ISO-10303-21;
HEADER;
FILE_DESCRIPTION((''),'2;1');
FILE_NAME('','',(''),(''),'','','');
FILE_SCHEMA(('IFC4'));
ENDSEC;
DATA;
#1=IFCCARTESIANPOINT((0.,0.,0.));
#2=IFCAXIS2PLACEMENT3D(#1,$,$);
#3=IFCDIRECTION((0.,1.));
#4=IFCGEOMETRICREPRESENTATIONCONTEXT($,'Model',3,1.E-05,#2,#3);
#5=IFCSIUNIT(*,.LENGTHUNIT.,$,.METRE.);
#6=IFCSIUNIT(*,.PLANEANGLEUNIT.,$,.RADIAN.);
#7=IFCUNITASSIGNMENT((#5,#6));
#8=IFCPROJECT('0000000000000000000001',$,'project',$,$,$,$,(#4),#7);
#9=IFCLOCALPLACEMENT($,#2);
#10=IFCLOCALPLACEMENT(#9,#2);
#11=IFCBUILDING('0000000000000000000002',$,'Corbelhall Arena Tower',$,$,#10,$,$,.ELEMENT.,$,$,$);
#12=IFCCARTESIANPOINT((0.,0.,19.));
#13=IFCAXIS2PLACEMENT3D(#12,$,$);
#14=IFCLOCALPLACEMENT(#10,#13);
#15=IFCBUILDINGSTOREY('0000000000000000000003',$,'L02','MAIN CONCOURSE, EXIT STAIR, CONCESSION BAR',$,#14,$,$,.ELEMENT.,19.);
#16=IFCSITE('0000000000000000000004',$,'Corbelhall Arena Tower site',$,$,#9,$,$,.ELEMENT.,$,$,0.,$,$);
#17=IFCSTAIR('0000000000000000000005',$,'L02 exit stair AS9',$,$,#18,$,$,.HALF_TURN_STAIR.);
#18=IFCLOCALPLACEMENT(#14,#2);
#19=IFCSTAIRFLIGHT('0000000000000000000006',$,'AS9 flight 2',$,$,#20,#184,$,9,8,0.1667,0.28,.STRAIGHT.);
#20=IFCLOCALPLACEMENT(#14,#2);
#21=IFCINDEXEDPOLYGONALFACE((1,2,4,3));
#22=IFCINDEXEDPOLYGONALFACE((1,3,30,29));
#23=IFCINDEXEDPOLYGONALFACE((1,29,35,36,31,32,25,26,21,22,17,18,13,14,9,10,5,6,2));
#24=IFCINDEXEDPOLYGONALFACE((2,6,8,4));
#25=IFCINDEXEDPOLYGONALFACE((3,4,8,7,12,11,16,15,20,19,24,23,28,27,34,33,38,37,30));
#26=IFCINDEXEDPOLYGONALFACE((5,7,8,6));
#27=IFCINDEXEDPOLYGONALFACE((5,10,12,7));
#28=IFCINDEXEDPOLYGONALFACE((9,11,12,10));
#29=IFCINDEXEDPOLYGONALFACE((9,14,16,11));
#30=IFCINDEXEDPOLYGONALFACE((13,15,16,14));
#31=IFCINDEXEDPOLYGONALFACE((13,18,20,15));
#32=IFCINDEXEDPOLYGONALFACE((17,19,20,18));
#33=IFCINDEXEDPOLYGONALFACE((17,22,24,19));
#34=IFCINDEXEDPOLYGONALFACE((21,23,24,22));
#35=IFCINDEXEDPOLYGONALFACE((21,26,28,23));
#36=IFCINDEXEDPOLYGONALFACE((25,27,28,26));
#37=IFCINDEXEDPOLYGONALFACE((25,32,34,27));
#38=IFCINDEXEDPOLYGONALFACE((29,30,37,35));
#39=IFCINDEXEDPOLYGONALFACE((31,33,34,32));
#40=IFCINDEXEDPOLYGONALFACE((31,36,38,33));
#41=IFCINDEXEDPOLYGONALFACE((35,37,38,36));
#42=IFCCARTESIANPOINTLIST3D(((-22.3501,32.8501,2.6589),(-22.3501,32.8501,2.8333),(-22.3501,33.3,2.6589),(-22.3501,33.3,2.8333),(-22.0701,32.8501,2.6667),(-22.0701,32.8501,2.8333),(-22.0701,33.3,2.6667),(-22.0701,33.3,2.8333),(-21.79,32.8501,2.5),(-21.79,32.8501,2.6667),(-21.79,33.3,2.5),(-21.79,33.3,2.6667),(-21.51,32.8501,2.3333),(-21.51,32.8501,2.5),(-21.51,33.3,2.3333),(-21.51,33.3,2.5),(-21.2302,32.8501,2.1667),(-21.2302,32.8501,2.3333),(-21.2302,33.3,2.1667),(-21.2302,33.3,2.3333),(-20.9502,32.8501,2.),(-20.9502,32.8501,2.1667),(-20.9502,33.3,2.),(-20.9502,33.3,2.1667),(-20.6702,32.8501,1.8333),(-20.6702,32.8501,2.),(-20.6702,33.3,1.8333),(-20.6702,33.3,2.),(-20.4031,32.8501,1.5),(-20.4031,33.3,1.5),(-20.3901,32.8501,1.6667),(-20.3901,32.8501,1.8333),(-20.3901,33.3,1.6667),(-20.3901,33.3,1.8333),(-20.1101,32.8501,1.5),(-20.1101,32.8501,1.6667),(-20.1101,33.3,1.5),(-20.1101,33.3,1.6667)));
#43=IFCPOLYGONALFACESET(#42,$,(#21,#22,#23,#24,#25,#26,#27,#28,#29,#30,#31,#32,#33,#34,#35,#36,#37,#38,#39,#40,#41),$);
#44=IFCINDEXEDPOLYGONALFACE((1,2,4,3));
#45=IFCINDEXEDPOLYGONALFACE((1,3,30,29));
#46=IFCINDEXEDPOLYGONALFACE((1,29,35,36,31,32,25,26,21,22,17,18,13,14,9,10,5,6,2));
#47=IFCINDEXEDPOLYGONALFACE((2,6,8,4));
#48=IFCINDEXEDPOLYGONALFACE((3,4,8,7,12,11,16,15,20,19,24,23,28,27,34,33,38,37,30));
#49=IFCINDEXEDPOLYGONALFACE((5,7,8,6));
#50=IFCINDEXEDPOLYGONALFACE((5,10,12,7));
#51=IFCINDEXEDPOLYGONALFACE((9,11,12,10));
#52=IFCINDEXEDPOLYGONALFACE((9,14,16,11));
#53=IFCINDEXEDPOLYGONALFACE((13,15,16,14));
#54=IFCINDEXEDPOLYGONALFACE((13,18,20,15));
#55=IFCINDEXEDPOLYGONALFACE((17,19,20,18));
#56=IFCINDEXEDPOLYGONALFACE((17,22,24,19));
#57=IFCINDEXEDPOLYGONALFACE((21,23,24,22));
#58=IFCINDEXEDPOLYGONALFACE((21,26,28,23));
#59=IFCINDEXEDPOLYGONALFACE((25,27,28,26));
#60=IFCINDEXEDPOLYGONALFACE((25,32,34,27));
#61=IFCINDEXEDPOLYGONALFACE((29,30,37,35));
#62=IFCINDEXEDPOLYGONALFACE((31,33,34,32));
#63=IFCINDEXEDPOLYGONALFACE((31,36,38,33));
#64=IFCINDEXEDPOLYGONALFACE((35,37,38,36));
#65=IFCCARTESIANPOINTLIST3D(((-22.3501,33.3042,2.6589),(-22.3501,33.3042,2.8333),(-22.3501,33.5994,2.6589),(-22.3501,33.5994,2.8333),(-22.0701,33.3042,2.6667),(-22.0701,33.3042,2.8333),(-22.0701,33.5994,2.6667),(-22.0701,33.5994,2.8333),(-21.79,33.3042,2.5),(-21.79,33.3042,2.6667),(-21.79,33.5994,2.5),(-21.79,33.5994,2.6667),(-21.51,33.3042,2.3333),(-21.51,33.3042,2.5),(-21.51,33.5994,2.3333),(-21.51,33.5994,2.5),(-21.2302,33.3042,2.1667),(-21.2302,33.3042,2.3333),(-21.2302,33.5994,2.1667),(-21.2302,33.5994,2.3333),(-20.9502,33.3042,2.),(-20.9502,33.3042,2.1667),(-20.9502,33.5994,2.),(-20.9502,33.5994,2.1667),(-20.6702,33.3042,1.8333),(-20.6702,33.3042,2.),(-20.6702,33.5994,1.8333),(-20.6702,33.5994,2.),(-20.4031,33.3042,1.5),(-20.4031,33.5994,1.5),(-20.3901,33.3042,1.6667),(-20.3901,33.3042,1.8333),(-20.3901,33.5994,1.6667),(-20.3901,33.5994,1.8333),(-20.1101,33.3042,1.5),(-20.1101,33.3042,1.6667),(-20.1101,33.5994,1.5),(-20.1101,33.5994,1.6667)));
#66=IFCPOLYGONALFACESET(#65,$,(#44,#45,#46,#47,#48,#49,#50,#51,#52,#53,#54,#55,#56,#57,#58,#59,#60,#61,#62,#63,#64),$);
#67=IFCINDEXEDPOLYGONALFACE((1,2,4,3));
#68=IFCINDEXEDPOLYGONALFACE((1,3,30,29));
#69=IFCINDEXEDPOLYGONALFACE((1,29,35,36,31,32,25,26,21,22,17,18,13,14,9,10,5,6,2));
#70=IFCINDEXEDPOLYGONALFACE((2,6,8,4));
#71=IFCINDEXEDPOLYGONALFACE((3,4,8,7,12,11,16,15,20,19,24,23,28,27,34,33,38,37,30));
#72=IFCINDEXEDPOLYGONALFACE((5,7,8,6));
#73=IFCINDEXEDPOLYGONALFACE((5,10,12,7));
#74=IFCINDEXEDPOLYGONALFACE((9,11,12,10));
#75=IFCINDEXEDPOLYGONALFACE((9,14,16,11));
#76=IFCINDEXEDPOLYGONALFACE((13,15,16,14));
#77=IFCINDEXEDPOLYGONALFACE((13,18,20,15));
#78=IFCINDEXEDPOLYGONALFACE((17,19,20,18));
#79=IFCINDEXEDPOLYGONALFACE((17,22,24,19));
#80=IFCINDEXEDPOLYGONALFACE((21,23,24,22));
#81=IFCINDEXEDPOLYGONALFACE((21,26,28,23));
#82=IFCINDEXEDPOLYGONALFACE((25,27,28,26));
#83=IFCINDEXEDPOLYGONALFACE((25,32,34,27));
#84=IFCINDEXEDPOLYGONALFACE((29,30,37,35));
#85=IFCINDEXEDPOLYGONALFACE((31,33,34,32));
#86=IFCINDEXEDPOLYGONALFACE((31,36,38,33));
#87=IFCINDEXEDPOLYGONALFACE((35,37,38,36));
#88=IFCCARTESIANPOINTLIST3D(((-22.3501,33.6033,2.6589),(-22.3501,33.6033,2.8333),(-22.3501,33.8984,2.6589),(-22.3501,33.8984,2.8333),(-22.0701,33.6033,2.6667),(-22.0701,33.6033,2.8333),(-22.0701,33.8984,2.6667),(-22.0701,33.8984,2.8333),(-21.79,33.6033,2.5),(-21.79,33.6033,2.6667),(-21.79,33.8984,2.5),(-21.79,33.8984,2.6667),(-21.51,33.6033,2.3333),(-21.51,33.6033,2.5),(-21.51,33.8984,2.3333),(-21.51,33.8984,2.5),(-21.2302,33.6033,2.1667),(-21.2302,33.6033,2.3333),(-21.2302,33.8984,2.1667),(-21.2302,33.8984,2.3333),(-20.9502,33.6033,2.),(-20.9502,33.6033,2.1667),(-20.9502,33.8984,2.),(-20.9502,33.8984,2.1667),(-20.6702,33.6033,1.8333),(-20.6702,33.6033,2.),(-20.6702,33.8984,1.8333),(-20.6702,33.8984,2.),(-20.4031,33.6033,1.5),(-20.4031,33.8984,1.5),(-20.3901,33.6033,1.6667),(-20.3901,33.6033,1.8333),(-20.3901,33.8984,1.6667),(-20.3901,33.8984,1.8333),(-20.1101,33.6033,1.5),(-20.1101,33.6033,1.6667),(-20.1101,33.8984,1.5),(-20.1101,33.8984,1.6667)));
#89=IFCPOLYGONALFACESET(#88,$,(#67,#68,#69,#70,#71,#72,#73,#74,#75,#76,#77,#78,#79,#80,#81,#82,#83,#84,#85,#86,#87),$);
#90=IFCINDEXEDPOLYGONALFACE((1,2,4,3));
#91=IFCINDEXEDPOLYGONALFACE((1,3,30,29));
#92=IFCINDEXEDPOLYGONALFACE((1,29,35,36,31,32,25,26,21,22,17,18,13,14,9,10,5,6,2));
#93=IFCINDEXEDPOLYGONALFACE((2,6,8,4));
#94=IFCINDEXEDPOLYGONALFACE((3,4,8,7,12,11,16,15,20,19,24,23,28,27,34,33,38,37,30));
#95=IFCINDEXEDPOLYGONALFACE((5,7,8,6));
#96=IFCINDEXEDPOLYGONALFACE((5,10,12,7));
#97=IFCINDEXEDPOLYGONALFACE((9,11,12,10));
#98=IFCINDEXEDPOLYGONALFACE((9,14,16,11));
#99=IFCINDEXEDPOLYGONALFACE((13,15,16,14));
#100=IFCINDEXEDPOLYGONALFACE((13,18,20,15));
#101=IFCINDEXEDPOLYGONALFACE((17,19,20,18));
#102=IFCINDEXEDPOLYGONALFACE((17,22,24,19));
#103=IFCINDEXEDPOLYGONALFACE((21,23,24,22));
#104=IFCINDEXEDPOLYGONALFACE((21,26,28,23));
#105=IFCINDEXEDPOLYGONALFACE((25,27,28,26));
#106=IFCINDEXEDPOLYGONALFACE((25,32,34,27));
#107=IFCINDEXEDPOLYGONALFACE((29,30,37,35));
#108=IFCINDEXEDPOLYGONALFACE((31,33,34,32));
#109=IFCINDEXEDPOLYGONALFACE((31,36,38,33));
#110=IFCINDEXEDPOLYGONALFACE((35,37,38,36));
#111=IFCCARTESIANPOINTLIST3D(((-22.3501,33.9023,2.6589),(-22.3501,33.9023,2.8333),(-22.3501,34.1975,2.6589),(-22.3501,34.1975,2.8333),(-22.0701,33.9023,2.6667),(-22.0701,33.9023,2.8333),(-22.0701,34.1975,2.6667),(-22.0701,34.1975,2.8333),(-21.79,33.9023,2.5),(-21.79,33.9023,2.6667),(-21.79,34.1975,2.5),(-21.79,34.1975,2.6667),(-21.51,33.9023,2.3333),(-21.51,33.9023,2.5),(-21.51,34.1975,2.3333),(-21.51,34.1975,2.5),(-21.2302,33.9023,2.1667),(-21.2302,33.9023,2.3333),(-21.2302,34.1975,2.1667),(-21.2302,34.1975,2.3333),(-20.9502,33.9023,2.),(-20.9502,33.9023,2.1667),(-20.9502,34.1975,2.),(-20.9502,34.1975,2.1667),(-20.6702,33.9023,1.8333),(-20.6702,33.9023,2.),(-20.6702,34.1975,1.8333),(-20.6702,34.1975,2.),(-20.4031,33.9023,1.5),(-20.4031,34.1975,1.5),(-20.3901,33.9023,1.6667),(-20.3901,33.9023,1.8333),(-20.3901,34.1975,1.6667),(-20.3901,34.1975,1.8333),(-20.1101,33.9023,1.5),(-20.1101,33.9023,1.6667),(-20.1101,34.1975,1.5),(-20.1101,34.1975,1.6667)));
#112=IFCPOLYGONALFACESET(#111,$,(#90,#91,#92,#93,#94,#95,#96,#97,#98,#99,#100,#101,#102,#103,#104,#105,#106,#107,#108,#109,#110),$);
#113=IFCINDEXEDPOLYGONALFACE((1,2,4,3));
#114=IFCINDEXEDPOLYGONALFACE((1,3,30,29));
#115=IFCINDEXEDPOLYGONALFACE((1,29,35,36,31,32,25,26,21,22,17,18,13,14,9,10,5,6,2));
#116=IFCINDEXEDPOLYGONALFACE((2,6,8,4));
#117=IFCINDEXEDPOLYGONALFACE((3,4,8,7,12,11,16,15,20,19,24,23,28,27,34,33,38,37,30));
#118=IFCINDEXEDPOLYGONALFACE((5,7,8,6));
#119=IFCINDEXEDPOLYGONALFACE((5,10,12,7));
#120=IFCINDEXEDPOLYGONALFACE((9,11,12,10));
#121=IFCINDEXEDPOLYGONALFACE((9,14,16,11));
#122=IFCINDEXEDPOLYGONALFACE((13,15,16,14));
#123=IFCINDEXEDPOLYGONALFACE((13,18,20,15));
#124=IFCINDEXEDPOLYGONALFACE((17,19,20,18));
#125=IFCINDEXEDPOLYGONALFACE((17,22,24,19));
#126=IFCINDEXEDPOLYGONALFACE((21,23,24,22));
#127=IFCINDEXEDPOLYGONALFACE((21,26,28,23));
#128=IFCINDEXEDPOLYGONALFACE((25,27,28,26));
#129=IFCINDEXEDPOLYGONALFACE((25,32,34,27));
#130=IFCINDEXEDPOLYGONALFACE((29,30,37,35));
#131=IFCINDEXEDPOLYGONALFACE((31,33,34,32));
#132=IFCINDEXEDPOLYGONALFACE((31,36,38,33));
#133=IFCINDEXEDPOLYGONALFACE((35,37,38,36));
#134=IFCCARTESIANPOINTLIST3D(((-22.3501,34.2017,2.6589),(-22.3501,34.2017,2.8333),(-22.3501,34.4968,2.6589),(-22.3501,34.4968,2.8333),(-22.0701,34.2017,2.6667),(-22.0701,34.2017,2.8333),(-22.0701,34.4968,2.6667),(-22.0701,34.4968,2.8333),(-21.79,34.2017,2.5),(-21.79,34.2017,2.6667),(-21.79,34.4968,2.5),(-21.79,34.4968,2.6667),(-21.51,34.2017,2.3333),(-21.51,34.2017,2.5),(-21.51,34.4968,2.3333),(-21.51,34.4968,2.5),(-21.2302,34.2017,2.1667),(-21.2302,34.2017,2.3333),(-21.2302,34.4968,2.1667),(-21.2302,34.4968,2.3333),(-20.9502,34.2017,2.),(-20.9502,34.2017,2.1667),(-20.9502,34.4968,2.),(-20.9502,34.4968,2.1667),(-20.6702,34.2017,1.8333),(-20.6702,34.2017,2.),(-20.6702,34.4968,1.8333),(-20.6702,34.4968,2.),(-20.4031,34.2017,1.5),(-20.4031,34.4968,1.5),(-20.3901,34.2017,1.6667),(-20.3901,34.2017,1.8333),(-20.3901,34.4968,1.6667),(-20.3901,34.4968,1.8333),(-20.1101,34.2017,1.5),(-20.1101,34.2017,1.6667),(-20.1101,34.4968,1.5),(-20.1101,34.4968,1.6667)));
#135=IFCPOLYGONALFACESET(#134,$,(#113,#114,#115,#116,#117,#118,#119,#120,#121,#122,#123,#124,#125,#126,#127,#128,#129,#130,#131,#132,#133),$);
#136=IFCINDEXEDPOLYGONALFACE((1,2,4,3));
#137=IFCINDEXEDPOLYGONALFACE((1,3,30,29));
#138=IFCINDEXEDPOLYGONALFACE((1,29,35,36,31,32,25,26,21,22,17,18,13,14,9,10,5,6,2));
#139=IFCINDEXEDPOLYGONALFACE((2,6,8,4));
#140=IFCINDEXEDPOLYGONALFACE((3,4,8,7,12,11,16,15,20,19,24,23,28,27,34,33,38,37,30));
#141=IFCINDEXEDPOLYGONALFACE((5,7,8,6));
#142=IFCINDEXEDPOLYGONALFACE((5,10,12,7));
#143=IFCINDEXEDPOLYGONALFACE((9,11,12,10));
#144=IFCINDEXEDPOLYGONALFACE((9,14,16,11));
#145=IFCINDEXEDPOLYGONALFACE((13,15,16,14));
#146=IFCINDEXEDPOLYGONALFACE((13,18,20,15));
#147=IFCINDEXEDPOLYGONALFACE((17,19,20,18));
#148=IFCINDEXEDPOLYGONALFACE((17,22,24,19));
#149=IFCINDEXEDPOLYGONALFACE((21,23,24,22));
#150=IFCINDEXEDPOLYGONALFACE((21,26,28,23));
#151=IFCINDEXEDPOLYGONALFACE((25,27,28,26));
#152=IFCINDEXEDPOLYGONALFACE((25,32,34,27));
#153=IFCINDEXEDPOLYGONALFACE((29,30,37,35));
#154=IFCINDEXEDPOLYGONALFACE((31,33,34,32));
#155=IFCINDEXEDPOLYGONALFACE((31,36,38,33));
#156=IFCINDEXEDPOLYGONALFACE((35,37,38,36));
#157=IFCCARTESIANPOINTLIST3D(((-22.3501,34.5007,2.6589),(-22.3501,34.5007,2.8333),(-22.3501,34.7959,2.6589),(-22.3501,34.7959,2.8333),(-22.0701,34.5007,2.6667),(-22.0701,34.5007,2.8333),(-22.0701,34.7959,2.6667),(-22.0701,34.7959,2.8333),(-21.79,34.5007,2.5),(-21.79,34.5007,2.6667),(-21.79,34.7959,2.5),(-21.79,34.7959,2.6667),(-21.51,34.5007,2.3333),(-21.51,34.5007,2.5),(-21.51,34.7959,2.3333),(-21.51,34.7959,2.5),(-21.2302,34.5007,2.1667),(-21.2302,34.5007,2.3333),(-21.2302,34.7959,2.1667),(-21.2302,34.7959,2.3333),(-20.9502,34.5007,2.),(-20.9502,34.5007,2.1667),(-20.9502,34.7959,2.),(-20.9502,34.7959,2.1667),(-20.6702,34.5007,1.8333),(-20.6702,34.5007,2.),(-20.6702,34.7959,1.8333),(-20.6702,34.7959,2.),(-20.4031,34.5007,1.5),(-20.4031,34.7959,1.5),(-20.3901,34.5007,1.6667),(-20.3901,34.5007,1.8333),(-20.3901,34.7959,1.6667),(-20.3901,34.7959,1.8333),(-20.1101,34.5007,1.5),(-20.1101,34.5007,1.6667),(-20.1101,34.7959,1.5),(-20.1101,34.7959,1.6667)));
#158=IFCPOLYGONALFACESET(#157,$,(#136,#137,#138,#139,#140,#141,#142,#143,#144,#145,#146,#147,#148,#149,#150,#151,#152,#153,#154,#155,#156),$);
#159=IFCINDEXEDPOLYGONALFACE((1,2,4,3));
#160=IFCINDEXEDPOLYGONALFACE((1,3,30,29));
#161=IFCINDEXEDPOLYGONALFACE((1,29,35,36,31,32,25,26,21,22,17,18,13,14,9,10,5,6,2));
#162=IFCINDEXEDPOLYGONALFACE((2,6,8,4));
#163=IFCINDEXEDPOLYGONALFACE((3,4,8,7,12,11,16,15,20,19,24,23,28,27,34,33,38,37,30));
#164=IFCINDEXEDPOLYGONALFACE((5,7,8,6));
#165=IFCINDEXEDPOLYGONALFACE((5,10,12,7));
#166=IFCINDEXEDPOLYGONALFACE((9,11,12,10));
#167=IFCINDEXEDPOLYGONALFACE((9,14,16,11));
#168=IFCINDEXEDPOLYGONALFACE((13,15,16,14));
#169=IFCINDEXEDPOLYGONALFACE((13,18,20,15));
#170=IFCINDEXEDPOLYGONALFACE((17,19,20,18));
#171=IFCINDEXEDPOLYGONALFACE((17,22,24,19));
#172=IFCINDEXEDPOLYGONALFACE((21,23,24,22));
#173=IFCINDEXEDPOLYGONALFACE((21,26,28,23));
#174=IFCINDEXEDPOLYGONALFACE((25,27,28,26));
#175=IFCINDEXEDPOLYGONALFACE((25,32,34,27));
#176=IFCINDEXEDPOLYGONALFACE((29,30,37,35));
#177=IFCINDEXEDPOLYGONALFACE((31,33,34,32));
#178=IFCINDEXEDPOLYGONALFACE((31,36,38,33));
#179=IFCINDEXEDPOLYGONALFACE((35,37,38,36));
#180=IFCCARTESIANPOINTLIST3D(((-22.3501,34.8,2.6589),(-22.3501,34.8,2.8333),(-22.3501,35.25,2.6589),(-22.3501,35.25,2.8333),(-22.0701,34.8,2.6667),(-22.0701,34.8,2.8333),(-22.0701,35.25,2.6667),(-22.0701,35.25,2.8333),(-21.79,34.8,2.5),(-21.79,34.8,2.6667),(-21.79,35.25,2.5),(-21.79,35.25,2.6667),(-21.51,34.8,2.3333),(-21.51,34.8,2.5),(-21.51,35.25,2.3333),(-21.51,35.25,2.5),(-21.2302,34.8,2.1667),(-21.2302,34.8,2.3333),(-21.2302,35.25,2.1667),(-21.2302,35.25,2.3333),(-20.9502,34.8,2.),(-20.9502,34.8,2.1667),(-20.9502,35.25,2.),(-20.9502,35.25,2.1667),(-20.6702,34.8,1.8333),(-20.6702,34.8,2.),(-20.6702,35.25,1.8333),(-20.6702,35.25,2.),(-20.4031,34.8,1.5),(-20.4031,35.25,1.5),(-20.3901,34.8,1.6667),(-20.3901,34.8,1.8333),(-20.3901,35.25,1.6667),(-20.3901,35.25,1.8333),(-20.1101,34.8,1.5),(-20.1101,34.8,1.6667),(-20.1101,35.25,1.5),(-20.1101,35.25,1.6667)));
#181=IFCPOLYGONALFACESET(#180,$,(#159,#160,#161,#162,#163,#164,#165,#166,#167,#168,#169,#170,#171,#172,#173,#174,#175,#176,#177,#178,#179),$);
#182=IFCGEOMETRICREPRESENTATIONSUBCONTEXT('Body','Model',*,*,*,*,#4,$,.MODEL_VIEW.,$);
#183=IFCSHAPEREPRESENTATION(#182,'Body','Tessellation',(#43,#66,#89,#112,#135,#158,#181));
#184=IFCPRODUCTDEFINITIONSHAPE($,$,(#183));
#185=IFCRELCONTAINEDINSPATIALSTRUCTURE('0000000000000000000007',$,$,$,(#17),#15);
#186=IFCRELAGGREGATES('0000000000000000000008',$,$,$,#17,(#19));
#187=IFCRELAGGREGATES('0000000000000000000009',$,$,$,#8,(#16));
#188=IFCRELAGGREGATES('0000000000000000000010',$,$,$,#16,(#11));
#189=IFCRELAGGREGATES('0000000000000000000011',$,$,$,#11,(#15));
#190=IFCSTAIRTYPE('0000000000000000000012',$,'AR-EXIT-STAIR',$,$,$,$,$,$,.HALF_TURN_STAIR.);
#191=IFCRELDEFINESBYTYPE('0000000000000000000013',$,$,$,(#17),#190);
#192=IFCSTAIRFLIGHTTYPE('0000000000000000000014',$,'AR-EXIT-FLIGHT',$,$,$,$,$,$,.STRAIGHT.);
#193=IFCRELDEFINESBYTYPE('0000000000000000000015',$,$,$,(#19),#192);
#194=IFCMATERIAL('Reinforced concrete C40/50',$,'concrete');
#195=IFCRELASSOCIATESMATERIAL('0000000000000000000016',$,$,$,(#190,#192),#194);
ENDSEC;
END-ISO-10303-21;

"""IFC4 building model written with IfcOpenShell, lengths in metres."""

from ifc_helpers import new_model, si_unit, direction, frame, origin, place, context, subcontext, project, spatial, polyline, outline, extrude, material, type_object, element, aggregate, save


model = new_model("IFC4")

# Units and contexts
model_context = context("Model", 3, precision=1e-05, world=origin(), true_north=direction((0.0, 1.0)))
body_context = subcontext(model_context, "Body", "Model", "MODEL_VIEW")
ifc_project = project(units=[si_unit("LENGTHUNIT", "METRE"), si_unit("PLANEANGLEUNIT", "RADIAN")], contexts=[model_context])

# Site, building, storey
site_placement = place(None, origin())
site = spatial("IfcSite", under=ifc_project, at=site_placement, Name="Corbelhall Arena Tower site", CompositionType="ELEMENT", RefElevation=0.0)
building_placement = place(site_placement, origin())
building = spatial("IfcBuilding", under=site, at=building_placement, Name="Corbelhall Arena Tower", CompositionType="ELEMENT")
storey_placement = place(building_placement, frame((0.0, 0.0, 19.0)))
storey = spatial("IfcBuildingStorey", under=building, at=storey_placement, Name="L02", Description="MAIN CONCOURSE, EXIT STAIR, CONCESSION BAR", CompositionType="ELEMENT", Elevation=19.0)

# Shared definitions
ifc_material_1 = material(Name="Reinforced concrete C40/50", Category="concrete")

# Stair, stair flight
stair_type = type_object("IfcStairType", Name="AR-EXIT-STAIR", PredefinedType="HALF_TURN_STAIR", material=ifc_material_1)
stair_1_placement = place(storey_placement, origin())
stair_1 = element("IfcStair", 1, at=stair_1_placement, inside=storey, type_object=stair_type, Name="L02 exit stair AS9", PredefinedType="HALF_TURN_STAIR")
stair_flight_type = type_object("IfcStairFlightType", Name="AR-EXIT-FLIGHT", PredefinedType="STRAIGHT", material=ifc_material_1)
stair_flight_1_placement = place(storey_placement, frame((-20.1101, 34.05, 1.5), z_axis=(0.0, 0.0, 1.0), x_axis=(-1.0, 0.0, 0.0)))
stair_flight_1 = element("IfcStairFlight", 2, at=stair_flight_1_placement, type_object=stair_flight_type, Name="AS9 flight 2", NumberOfRisers=9, NumberOfTreads=8, PredefinedType="STRAIGHT", RiserHeight=0.1667, TreadLength=0.28, context=body_context, shape_type="SweptSolid", body=[
    extrude(outline(polyline([(0.0, 0.0), (0.0, 0.1667), (0.28, 0.1667), (0.28, 0.3333), (0.5601, 0.3333), (0.5601, 0.5), (0.8401, 0.5), (0.8401, 0.6667), (1.1201, 0.6667), (1.1201, 0.8333), (1.3999, 0.8333), (1.3999, 1.0), (1.6799, 1.0), (1.6799, 1.1667), (1.96, 1.1667), (1.96, 1.3333), (2.24, 1.3333), (2.24, 1.5), (2.24, 1.1589), (0.293, 0.0), (0.0, 0.0)])), frame((0.0, 1.2, 0.0), z_axis=(0.0, -1.0, 0.0), x_axis=(1.0, 0.0, 0.0)), (0.0, 0.0, 1.0), 0.45),
    extrude(outline(polyline([(0.0, 0.0), (0.0, 0.1667), (0.28, 0.1667), (0.28, 0.3333), (0.5601, 0.3333), (0.5601, 0.5), (0.8401, 0.5), (0.8401, 0.6667), (1.1201, 0.6667), (1.1201, 0.8333), (1.3999, 0.8333), (1.3999, 1.0), (1.6799, 1.0), (1.6799, 1.1667), (1.96, 1.1667), (1.96, 1.3333), (2.24, 1.3333), (2.24, 1.5), (2.24, 1.1589), (0.293, 0.0), (0.0, 0.0)])), frame((0.0, 0.7458, 0.0), z_axis=(0.0, -1.0, 0.0), x_axis=(1.0, 0.0, 0.0)), (0.0, 0.0, 1.0), 0.2952),
    extrude(outline(polyline([(0.0, 0.0), (0.0, 0.1667), (0.28, 0.1667), (0.28, 0.3333), (0.5601, 0.3333), (0.5601, 0.5), (0.8401, 0.5), (0.8401, 0.6667), (1.1201, 0.6667), (1.1201, 0.8333), (1.3999, 0.8333), (1.3999, 1.0), (1.6799, 1.0), (1.6799, 1.1667), (1.96, 1.1667), (1.96, 1.3333), (2.24, 1.3333), (2.24, 1.5), (2.24, 1.1589), (0.293, 0.0), (0.0, 0.0)])), frame((0.0, 0.4468, 0.0), z_axis=(0.0, -1.0, 0.0), x_axis=(1.0, 0.0, 0.0)), (0.0, 0.0, 1.0), 0.2952),
    extrude(outline(polyline([(0.0, 0.0), (0.0, 0.1667), (0.28, 0.1667), (0.28, 0.3333), (0.5601, 0.3333), (0.5601, 0.5), (0.8401, 0.5), (0.8401, 0.6667), (1.1201, 0.6667), (1.1201, 0.8333), (1.3999, 0.8333), (1.3999, 1.0), (1.6799, 1.0), (1.6799, 1.1667), (1.96, 1.1667), (1.96, 1.3333), (2.24, 1.3333), (2.24, 1.5), (2.24, 1.1589), (0.293, 0.0), (0.0, 0.0)])), frame((0.0, 0.1477, 0.0), z_axis=(0.0, -1.0, 0.0), x_axis=(1.0, 0.0, 0.0)), (0.0, 0.0, 1.0), 0.2952),
    extrude(outline(polyline([(0.0, 0.0), (0.0, 0.1667), (0.28, 0.1667), (0.28, 0.3333), (0.5601, 0.3333), (0.5601, 0.5), (0.8401, 0.5), (0.8401, 0.6667), (1.1201, 0.6667), (1.1201, 0.8333), (1.3999, 0.8333), (1.3999, 1.0), (1.6799, 1.0), (1.6799, 1.1667), (1.96, 1.1667), (1.96, 1.3333), (2.24, 1.3333), (2.24, 1.5), (2.24, 1.1589), (0.293, 0.0), (0.0, 0.0)])), frame((0.0, -0.1516, 0.0), z_axis=(0.0, -1.0, 0.0), x_axis=(1.0, 0.0, 0.0)), (0.0, 0.0, 1.0), 0.2952),
    extrude(outline(polyline([(0.0, 0.0), (0.0, 0.1667), (0.28, 0.1667), (0.28, 0.3333), (0.5601, 0.3333), (0.5601, 0.5), (0.8401, 0.5), (0.8401, 0.6667), (1.1201, 0.6667), (1.1201, 0.8333), (1.3999, 0.8333), (1.3999, 1.0), (1.6799, 1.0), (1.6799, 1.1667), (1.96, 1.1667), (1.96, 1.3333), (2.24, 1.3333), (2.24, 1.5), (2.24, 1.1589), (0.293, 0.0), (0.0, 0.0)])), frame((0.0, -0.4507, 0.0), z_axis=(0.0, -1.0, 0.0), x_axis=(1.0, 0.0, 0.0)), (0.0, 0.0, 1.0), 0.2952),
    extrude(outline(polyline([(0.0, 0.0), (0.0, 0.1667), (0.28, 0.1667), (0.28, 0.3333), (0.5601, 0.3333), (0.5601, 0.5), (0.8401, 0.5), (0.8401, 0.6667), (1.1201, 0.6667), (1.1201, 0.8333), (1.3999, 0.8333), (1.3999, 1.0), (1.6799, 1.0), (1.6799, 1.1667), (1.96, 1.1667), (1.96, 1.3333), (2.24, 1.3333), (2.24, 1.5), (2.24, 1.1589), (0.293, 0.0), (0.0, 0.0)])), frame((0.0, -0.75, 0.0), z_axis=(0.0, -1.0, 0.0), x_axis=(1.0, 0.0, 0.0)), (0.0, 0.0, 1.0), 0.45),
])
aggregate(stair_1, [stair_flight_1])

save(model, "model.ifc")
